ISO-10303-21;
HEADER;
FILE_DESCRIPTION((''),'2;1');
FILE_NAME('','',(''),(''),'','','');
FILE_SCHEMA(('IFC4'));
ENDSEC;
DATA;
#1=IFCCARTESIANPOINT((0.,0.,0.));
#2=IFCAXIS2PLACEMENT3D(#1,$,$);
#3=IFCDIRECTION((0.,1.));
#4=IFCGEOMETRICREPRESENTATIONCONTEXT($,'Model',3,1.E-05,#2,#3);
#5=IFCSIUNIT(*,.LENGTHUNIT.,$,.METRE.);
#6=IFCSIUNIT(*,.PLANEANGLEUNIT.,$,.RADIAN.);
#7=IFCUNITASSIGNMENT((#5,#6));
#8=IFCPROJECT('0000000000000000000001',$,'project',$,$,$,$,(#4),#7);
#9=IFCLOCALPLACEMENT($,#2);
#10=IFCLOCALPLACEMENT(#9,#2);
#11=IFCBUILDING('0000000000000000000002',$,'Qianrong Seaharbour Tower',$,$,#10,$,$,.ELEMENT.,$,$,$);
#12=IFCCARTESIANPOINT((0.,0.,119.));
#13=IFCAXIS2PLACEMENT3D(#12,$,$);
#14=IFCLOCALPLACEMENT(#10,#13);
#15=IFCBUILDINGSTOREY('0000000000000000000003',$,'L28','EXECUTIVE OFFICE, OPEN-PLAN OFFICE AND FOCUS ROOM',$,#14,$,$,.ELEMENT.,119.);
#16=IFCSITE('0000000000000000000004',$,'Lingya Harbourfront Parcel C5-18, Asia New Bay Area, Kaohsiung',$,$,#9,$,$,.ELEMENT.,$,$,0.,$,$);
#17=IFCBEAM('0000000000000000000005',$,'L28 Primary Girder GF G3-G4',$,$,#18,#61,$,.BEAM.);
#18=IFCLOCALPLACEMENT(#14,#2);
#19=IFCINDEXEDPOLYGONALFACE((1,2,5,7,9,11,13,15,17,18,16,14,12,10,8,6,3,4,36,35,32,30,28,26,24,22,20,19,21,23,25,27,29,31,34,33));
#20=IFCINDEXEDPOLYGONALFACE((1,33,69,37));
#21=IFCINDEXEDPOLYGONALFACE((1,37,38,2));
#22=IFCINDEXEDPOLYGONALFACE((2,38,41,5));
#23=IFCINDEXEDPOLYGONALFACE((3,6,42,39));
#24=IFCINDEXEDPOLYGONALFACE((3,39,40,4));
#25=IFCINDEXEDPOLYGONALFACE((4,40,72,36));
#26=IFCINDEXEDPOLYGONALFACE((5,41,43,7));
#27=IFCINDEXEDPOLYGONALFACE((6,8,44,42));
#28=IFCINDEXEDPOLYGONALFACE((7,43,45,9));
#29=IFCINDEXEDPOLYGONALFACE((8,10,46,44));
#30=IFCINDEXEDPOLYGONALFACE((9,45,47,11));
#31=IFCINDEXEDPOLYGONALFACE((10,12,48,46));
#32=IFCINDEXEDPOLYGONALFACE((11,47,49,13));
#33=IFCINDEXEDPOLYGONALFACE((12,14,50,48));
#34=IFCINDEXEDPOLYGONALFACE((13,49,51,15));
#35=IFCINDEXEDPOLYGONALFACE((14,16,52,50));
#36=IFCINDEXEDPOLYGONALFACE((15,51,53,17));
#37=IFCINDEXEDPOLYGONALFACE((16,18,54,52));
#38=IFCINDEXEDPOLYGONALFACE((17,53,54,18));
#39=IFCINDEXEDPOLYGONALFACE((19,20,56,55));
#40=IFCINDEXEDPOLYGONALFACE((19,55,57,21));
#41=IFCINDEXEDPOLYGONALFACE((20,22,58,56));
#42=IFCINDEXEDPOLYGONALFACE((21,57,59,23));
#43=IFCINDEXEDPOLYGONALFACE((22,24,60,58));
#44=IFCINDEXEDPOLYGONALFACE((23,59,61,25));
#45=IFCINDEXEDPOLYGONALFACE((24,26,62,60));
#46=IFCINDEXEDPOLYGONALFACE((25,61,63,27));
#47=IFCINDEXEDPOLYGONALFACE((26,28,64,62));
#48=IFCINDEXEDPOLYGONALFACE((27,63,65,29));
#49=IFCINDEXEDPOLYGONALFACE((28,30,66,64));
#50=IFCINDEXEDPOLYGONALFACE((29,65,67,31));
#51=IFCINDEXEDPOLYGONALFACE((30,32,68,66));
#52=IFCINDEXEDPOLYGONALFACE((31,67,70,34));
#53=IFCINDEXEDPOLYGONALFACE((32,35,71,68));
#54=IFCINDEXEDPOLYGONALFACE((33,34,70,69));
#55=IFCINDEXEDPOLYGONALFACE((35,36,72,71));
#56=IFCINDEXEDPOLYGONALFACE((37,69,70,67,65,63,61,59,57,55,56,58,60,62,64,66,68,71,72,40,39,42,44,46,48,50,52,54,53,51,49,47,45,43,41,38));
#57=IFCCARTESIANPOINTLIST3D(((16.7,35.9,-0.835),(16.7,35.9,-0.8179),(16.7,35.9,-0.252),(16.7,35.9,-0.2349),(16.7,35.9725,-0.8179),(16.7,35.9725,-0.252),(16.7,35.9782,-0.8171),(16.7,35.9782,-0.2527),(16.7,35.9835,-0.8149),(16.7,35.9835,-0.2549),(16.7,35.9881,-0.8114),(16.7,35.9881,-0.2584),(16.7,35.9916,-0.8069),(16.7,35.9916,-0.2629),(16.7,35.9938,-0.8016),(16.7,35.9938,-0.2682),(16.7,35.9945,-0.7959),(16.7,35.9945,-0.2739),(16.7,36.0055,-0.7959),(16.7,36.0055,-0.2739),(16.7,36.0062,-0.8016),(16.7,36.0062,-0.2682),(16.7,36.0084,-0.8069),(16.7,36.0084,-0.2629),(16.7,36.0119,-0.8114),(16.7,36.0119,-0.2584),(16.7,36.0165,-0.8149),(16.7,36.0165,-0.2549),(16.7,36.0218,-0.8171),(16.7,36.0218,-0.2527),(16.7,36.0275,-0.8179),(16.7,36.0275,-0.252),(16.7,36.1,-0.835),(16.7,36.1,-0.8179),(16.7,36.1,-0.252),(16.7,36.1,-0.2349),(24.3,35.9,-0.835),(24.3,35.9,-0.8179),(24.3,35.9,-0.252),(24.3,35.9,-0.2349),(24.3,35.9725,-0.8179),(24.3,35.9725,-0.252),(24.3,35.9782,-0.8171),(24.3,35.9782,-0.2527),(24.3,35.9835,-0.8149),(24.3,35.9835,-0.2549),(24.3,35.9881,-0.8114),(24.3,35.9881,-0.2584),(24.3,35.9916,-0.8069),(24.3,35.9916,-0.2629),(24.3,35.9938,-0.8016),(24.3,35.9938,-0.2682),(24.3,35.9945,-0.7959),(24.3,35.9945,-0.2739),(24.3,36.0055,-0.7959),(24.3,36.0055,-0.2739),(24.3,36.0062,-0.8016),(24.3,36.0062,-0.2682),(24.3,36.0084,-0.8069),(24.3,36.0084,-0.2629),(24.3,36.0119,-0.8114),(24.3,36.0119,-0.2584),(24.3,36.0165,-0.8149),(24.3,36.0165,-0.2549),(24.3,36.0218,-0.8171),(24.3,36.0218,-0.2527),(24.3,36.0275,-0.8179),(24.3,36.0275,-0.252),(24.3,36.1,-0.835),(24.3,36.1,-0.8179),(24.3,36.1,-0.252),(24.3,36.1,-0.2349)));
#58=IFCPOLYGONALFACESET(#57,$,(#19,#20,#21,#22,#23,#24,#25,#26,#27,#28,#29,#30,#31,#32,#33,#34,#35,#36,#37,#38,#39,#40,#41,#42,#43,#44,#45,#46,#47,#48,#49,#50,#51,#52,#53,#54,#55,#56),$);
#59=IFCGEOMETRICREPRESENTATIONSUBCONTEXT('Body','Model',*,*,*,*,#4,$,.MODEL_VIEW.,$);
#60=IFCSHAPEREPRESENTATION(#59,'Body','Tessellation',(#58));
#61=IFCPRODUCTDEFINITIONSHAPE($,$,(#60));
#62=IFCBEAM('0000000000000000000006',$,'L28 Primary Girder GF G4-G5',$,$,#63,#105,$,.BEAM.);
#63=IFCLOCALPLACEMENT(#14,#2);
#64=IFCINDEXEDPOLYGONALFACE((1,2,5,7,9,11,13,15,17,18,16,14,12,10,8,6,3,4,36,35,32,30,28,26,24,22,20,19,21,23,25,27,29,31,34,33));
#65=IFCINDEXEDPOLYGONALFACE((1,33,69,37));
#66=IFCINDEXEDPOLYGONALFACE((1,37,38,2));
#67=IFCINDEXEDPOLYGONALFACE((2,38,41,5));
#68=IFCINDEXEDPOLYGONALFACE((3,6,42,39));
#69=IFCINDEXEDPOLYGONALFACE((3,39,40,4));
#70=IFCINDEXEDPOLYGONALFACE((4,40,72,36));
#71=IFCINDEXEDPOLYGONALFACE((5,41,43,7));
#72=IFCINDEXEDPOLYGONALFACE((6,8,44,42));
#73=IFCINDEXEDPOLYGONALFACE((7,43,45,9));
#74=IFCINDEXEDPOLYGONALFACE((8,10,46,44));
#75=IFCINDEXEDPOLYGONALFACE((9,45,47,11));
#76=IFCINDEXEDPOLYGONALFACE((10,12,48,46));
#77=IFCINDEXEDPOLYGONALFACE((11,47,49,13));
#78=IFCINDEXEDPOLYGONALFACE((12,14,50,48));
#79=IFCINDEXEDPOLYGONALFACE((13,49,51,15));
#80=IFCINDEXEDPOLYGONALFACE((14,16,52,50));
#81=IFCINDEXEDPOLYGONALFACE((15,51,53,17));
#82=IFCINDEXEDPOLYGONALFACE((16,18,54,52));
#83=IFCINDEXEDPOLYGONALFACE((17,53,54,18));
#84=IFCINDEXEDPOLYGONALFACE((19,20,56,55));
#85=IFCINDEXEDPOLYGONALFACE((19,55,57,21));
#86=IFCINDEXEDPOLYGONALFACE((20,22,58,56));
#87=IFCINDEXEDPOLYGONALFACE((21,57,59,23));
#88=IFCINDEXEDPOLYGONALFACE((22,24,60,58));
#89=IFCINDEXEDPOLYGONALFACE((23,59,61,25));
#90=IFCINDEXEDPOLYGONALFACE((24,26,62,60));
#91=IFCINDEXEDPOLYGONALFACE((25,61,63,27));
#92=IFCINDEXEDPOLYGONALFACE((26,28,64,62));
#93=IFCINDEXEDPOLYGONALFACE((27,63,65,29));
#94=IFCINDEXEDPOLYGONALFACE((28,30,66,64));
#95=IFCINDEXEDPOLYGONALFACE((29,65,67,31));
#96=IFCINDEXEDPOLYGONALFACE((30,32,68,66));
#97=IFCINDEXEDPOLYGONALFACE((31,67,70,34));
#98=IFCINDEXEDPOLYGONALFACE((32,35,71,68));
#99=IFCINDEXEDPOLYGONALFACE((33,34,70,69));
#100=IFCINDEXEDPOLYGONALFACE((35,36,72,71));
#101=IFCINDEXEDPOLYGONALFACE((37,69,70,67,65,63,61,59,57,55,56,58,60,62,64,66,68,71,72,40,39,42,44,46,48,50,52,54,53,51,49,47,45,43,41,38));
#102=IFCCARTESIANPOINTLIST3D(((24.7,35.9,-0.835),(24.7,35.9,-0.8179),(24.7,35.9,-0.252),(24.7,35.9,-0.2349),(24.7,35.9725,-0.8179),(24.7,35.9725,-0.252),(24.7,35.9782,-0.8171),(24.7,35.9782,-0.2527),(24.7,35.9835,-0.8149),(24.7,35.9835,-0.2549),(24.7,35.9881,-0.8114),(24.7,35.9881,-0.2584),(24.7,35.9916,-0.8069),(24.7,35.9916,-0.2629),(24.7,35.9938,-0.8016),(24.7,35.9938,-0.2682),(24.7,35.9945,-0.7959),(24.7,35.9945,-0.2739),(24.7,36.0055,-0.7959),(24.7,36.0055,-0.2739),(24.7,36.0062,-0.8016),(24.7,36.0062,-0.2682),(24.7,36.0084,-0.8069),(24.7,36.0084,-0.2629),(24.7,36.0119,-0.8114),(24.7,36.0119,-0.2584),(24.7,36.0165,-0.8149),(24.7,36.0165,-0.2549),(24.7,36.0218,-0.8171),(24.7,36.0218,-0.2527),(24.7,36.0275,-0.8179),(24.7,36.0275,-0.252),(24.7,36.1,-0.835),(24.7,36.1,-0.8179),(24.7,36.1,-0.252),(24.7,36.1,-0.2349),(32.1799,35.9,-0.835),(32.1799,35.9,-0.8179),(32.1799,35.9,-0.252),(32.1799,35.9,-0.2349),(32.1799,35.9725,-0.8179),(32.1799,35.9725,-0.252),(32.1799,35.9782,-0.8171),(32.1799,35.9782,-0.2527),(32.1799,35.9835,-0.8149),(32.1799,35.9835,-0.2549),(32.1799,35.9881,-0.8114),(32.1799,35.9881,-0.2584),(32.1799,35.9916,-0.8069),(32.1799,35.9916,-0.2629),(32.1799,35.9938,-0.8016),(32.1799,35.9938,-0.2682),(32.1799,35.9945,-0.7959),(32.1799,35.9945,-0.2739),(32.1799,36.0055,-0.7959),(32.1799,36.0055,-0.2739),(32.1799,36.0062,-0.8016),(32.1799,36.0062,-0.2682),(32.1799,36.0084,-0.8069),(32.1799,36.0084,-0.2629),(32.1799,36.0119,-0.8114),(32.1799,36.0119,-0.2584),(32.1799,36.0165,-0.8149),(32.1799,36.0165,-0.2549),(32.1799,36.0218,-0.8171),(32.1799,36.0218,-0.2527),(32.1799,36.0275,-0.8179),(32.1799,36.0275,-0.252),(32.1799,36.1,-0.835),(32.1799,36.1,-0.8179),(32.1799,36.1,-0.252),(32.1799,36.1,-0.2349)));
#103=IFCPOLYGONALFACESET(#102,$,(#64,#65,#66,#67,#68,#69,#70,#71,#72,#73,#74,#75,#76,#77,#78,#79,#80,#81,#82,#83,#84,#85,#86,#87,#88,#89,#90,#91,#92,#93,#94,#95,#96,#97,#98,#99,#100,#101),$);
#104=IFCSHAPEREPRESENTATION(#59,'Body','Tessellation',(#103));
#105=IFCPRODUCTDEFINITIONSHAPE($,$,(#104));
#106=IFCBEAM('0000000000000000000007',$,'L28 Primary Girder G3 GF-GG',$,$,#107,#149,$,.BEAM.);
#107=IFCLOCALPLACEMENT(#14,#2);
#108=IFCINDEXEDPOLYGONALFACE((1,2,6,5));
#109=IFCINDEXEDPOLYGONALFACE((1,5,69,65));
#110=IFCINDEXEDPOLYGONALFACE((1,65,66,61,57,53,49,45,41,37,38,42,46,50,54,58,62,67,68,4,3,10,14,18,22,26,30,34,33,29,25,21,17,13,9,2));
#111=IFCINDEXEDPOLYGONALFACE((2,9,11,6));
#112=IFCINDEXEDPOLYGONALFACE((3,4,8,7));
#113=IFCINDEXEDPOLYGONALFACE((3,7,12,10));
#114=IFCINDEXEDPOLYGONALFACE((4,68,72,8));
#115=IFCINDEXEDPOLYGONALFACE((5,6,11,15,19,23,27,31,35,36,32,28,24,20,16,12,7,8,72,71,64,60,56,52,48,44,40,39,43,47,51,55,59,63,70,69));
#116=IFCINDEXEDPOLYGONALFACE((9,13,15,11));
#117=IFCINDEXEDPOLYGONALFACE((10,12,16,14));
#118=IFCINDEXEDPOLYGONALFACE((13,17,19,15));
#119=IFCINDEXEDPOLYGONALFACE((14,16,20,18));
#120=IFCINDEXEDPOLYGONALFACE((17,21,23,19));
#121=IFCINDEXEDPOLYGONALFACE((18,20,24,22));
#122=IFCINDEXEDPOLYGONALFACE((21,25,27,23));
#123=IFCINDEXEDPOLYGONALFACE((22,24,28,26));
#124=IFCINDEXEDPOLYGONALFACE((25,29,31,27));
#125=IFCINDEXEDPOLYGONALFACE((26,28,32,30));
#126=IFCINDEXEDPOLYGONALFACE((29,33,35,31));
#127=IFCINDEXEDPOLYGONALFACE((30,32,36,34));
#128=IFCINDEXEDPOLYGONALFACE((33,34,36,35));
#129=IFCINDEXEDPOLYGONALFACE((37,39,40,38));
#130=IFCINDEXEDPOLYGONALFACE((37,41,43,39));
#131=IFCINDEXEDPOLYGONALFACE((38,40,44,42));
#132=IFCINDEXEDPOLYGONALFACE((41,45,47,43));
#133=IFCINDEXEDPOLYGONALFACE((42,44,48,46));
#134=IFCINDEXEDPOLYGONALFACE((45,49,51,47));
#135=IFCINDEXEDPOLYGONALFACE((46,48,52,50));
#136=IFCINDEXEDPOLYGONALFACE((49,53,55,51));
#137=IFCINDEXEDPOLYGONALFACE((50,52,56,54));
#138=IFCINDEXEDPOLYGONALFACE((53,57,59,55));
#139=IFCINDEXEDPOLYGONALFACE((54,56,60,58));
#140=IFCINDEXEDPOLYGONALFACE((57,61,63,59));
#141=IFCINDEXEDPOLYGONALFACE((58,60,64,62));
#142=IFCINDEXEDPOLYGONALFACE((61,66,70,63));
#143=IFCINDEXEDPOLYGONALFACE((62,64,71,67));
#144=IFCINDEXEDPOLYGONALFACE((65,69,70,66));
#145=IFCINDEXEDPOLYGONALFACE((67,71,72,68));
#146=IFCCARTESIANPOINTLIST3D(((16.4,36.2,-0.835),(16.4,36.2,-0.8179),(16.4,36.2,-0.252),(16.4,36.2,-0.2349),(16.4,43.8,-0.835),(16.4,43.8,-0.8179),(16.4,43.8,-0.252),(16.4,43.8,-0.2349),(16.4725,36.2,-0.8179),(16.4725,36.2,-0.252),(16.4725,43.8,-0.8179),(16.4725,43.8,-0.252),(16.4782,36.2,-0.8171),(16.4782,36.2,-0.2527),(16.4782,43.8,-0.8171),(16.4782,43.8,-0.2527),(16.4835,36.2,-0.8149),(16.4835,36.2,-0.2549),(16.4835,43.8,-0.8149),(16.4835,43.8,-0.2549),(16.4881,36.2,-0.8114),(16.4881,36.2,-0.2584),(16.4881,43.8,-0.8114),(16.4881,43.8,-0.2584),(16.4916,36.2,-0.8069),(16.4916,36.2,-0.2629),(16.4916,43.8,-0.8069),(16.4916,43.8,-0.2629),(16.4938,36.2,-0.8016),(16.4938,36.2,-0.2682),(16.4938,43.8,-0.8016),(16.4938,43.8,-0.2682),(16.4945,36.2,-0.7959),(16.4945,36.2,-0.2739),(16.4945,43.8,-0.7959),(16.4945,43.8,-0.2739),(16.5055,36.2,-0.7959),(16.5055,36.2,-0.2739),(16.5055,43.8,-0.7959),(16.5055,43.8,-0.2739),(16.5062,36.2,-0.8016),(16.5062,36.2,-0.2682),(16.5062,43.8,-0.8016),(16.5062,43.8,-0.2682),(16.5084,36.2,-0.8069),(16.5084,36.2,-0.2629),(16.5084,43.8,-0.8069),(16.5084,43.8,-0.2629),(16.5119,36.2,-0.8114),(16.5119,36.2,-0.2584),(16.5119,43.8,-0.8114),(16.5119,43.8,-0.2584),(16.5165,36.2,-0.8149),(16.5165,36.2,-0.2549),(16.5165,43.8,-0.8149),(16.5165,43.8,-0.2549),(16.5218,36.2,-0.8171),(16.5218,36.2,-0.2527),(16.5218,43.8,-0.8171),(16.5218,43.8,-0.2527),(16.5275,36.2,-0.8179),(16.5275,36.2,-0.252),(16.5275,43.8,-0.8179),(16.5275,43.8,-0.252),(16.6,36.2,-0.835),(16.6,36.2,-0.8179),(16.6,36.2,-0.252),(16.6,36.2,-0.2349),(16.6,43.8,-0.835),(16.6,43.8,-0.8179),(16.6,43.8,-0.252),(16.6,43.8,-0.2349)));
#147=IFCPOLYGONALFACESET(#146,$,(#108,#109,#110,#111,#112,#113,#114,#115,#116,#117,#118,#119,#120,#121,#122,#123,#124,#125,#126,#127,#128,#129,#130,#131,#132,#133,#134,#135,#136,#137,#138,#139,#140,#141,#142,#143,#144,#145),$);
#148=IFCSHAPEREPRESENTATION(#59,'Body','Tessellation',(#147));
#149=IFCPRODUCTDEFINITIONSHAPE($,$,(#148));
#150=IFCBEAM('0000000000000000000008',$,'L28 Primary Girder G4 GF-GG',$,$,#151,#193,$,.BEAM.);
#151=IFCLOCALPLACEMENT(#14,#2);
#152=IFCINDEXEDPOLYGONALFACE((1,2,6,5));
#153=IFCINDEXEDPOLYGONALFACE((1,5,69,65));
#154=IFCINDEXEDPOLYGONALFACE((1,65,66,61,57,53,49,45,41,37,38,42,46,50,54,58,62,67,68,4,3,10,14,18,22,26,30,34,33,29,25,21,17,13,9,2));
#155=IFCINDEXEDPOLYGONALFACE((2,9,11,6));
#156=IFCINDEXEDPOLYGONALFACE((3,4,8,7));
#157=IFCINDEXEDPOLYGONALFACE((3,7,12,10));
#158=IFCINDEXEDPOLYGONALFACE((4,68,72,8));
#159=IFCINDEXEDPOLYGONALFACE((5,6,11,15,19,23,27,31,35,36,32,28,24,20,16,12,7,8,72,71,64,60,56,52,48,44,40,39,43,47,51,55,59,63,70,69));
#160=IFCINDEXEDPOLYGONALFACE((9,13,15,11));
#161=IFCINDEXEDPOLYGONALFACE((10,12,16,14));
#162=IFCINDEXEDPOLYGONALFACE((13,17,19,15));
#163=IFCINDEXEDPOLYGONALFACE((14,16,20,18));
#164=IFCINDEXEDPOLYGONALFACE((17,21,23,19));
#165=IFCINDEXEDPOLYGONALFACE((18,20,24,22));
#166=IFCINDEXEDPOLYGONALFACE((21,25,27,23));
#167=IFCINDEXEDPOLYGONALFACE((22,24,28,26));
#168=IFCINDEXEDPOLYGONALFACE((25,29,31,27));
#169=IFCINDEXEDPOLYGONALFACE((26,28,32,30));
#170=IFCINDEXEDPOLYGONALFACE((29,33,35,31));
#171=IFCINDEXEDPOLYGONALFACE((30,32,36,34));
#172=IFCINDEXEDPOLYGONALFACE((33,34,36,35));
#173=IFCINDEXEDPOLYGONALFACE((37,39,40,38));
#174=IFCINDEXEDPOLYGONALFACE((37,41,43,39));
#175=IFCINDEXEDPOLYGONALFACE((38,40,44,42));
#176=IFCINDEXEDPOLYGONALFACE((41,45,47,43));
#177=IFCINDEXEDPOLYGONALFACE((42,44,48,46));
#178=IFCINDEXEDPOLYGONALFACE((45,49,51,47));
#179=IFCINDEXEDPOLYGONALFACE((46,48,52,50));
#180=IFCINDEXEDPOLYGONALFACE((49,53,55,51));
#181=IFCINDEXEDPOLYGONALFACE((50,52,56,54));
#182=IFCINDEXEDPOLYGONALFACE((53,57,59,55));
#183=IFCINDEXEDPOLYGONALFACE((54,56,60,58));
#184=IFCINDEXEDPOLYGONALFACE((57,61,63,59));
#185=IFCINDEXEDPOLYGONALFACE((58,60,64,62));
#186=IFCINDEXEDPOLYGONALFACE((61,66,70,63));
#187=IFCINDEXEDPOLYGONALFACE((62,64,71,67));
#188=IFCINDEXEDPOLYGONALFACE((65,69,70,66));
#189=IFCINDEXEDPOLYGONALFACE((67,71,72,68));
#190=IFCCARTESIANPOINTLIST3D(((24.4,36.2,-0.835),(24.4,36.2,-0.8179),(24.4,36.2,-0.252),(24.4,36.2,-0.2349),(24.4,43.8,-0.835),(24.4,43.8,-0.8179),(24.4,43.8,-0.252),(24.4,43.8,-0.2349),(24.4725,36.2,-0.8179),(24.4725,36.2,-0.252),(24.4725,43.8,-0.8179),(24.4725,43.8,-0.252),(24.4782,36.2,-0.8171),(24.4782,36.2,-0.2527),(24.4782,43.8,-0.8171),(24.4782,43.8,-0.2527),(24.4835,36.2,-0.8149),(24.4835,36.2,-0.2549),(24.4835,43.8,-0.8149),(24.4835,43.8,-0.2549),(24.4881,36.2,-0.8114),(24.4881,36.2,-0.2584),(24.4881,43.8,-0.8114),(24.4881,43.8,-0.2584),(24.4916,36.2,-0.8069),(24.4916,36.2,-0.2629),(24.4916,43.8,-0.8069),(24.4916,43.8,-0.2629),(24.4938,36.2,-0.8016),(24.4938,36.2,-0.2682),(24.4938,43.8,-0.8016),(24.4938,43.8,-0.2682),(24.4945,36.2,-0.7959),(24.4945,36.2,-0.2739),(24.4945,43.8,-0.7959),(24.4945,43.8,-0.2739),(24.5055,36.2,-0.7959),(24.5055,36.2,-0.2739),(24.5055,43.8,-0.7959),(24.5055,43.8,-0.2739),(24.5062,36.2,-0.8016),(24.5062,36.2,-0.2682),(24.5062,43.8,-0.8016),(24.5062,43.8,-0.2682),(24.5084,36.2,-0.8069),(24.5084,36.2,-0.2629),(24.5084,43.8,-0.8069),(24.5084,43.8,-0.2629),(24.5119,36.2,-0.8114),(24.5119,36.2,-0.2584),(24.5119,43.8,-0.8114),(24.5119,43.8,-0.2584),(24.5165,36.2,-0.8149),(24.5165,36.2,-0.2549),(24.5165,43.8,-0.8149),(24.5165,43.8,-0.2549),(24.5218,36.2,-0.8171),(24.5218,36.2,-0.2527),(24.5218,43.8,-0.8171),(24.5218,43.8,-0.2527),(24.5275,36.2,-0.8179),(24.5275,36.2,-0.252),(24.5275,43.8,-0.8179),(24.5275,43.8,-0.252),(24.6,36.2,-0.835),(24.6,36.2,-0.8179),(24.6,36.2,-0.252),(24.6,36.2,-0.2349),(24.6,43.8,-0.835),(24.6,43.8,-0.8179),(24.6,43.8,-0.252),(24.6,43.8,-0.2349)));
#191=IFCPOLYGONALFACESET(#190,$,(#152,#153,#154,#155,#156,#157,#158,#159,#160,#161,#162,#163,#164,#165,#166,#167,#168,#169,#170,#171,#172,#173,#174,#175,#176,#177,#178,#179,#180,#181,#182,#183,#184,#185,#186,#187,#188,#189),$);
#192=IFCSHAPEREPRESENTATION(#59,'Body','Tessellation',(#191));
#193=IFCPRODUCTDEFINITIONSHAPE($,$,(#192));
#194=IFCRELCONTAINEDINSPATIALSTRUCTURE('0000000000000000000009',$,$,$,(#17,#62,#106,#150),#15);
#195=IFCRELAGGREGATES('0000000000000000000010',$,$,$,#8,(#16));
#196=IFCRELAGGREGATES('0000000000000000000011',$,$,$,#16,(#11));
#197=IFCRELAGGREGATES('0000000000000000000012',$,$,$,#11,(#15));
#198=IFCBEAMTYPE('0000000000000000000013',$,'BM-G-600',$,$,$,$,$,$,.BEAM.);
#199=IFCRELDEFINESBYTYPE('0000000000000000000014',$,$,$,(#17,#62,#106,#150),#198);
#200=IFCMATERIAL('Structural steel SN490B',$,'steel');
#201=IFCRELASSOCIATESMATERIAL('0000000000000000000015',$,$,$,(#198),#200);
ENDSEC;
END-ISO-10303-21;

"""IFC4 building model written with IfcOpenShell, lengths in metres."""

from ifc_helpers import new_model, si_unit, direction, frame, origin, origin_2d, place, context, subcontext, project, spatial, i_section, extrude, material, material_profile, profile_set, type_object, element, save


model = new_model("IFC4")

# Units and contexts
model_context = context("Model", 3, precision=1e-05, world=origin(), true_north=direction((0.0, 1.0)))
body_context = subcontext(model_context, "Body", "Model", "MODEL_VIEW")
ifc_project = project(units=[si_unit("LENGTHUNIT", "METRE"), si_unit("PLANEANGLEUNIT", "RADIAN")], contexts=[model_context])

# Site, building, storey
site_placement = place(None, origin())
site = spatial("IfcSite", under=ifc_project, at=site_placement, Name="Lingya Harbourfront Parcel C5-18, Asia New Bay Area, Kaohsiung", CompositionType="ELEMENT", RefElevation=0.0)
building_placement = place(site_placement, origin())
building = spatial("IfcBuilding", under=site, at=building_placement, Name="Qianrong Seaharbour Tower", CompositionType="ELEMENT")
storey_placement = place(building_placement, frame((0.0, 0.0, 119.0)))
storey = spatial("IfcBuildingStorey", under=building, at=storey_placement, Name="L28", Description="EXECUTIVE OFFICE, OPEN-PLAN OFFICE AND FOCUS ROOM", CompositionType="ELEMENT", Elevation=119.0)

# Shared definitions
ifc_material_1 = material(Name="Structural steel SN490B", Category="steel")

# Beams
ifc_material_profile_1 = material_profile(ifc_material_1, i_section(OverallWidth=0.2, OverallDepth=0.6001, WebThickness=0.011, FlangeThickness=0.0171, FilletRadius=0.022, at=origin_2d()), Name="H600x200x11x17")
ifc_profile_set_1 = profile_set([ifc_material_profile_1], Name="Structural steel SN490B")
beam_type_1 = type_object("IfcBeamType", Name="BM-G-600", PredefinedType="BEAM", material=ifc_profile_set_1)
beam_1_placement = place(storey_placement, frame((16.7, 36.0, -0.5349), z_axis=(1.0, 0.0, 0.0), x_axis=(0.0, 1.0, 0.0)))
element("IfcBeam", 1, at=beam_1_placement, inside=storey, type_object=beam_type_1, Name="L28 Primary Girder GF G3-G4", PredefinedType="BEAM", context=body_context, shape_type="SweptSolid", body=[
    extrude(i_section(OverallWidth=0.2, OverallDepth=0.6001, WebThickness=0.011, FlangeThickness=0.0171, FilletRadius=0.022, at=origin_2d()), origin(), (0.0, 0.0, 1.0), 7.6001),
])
beam_2_placement = place(storey_placement, frame((24.7, 36.0, -0.5349), z_axis=(1.0, 0.0, 0.0), x_axis=(0.0, 1.0, 0.0)))
element("IfcBeam", 2, at=beam_2_placement, inside=storey, type_object=beam_type_1, Name="L28 Primary Girder GF G4-G5", PredefinedType="BEAM", context=body_context, shape_type="SweptSolid", body=[
    extrude(i_section(OverallWidth=0.2, OverallDepth=0.6001, WebThickness=0.011, FlangeThickness=0.0171, FilletRadius=0.022, at=origin_2d()), origin(), (0.0, 0.0, 1.0), 7.48),
])
for number, where, z_axis, x_axis, name in (
    (3, (16.5, 36.2, -0.5349), (0.0, 1.0, 0.0), (-1.0, 0.0, 0.0), "L28 Primary Girder G3 GF-GG"),
    (4, (24.5, 36.2, -0.5349), (0.0, 1.0, 0.0), (-1.0, 0.0, 0.0), "L28 Primary Girder G4 GF-GG"),
):
    element("IfcBeam", number, at=place(storey_placement, frame(where, z_axis=z_axis, x_axis=x_axis)), inside=storey, type_object=beam_type_1, Name=name, PredefinedType="BEAM", context=body_context, shape_type="SweptSolid", body=[
        extrude(i_section(OverallWidth=0.2, OverallDepth=0.6001, WebThickness=0.011, FlangeThickness=0.0171, FilletRadius=0.022, at=origin_2d()), origin(), (0.0, 0.0, 1.0), 7.6001),
    ])

save(model, "model.ifc")
